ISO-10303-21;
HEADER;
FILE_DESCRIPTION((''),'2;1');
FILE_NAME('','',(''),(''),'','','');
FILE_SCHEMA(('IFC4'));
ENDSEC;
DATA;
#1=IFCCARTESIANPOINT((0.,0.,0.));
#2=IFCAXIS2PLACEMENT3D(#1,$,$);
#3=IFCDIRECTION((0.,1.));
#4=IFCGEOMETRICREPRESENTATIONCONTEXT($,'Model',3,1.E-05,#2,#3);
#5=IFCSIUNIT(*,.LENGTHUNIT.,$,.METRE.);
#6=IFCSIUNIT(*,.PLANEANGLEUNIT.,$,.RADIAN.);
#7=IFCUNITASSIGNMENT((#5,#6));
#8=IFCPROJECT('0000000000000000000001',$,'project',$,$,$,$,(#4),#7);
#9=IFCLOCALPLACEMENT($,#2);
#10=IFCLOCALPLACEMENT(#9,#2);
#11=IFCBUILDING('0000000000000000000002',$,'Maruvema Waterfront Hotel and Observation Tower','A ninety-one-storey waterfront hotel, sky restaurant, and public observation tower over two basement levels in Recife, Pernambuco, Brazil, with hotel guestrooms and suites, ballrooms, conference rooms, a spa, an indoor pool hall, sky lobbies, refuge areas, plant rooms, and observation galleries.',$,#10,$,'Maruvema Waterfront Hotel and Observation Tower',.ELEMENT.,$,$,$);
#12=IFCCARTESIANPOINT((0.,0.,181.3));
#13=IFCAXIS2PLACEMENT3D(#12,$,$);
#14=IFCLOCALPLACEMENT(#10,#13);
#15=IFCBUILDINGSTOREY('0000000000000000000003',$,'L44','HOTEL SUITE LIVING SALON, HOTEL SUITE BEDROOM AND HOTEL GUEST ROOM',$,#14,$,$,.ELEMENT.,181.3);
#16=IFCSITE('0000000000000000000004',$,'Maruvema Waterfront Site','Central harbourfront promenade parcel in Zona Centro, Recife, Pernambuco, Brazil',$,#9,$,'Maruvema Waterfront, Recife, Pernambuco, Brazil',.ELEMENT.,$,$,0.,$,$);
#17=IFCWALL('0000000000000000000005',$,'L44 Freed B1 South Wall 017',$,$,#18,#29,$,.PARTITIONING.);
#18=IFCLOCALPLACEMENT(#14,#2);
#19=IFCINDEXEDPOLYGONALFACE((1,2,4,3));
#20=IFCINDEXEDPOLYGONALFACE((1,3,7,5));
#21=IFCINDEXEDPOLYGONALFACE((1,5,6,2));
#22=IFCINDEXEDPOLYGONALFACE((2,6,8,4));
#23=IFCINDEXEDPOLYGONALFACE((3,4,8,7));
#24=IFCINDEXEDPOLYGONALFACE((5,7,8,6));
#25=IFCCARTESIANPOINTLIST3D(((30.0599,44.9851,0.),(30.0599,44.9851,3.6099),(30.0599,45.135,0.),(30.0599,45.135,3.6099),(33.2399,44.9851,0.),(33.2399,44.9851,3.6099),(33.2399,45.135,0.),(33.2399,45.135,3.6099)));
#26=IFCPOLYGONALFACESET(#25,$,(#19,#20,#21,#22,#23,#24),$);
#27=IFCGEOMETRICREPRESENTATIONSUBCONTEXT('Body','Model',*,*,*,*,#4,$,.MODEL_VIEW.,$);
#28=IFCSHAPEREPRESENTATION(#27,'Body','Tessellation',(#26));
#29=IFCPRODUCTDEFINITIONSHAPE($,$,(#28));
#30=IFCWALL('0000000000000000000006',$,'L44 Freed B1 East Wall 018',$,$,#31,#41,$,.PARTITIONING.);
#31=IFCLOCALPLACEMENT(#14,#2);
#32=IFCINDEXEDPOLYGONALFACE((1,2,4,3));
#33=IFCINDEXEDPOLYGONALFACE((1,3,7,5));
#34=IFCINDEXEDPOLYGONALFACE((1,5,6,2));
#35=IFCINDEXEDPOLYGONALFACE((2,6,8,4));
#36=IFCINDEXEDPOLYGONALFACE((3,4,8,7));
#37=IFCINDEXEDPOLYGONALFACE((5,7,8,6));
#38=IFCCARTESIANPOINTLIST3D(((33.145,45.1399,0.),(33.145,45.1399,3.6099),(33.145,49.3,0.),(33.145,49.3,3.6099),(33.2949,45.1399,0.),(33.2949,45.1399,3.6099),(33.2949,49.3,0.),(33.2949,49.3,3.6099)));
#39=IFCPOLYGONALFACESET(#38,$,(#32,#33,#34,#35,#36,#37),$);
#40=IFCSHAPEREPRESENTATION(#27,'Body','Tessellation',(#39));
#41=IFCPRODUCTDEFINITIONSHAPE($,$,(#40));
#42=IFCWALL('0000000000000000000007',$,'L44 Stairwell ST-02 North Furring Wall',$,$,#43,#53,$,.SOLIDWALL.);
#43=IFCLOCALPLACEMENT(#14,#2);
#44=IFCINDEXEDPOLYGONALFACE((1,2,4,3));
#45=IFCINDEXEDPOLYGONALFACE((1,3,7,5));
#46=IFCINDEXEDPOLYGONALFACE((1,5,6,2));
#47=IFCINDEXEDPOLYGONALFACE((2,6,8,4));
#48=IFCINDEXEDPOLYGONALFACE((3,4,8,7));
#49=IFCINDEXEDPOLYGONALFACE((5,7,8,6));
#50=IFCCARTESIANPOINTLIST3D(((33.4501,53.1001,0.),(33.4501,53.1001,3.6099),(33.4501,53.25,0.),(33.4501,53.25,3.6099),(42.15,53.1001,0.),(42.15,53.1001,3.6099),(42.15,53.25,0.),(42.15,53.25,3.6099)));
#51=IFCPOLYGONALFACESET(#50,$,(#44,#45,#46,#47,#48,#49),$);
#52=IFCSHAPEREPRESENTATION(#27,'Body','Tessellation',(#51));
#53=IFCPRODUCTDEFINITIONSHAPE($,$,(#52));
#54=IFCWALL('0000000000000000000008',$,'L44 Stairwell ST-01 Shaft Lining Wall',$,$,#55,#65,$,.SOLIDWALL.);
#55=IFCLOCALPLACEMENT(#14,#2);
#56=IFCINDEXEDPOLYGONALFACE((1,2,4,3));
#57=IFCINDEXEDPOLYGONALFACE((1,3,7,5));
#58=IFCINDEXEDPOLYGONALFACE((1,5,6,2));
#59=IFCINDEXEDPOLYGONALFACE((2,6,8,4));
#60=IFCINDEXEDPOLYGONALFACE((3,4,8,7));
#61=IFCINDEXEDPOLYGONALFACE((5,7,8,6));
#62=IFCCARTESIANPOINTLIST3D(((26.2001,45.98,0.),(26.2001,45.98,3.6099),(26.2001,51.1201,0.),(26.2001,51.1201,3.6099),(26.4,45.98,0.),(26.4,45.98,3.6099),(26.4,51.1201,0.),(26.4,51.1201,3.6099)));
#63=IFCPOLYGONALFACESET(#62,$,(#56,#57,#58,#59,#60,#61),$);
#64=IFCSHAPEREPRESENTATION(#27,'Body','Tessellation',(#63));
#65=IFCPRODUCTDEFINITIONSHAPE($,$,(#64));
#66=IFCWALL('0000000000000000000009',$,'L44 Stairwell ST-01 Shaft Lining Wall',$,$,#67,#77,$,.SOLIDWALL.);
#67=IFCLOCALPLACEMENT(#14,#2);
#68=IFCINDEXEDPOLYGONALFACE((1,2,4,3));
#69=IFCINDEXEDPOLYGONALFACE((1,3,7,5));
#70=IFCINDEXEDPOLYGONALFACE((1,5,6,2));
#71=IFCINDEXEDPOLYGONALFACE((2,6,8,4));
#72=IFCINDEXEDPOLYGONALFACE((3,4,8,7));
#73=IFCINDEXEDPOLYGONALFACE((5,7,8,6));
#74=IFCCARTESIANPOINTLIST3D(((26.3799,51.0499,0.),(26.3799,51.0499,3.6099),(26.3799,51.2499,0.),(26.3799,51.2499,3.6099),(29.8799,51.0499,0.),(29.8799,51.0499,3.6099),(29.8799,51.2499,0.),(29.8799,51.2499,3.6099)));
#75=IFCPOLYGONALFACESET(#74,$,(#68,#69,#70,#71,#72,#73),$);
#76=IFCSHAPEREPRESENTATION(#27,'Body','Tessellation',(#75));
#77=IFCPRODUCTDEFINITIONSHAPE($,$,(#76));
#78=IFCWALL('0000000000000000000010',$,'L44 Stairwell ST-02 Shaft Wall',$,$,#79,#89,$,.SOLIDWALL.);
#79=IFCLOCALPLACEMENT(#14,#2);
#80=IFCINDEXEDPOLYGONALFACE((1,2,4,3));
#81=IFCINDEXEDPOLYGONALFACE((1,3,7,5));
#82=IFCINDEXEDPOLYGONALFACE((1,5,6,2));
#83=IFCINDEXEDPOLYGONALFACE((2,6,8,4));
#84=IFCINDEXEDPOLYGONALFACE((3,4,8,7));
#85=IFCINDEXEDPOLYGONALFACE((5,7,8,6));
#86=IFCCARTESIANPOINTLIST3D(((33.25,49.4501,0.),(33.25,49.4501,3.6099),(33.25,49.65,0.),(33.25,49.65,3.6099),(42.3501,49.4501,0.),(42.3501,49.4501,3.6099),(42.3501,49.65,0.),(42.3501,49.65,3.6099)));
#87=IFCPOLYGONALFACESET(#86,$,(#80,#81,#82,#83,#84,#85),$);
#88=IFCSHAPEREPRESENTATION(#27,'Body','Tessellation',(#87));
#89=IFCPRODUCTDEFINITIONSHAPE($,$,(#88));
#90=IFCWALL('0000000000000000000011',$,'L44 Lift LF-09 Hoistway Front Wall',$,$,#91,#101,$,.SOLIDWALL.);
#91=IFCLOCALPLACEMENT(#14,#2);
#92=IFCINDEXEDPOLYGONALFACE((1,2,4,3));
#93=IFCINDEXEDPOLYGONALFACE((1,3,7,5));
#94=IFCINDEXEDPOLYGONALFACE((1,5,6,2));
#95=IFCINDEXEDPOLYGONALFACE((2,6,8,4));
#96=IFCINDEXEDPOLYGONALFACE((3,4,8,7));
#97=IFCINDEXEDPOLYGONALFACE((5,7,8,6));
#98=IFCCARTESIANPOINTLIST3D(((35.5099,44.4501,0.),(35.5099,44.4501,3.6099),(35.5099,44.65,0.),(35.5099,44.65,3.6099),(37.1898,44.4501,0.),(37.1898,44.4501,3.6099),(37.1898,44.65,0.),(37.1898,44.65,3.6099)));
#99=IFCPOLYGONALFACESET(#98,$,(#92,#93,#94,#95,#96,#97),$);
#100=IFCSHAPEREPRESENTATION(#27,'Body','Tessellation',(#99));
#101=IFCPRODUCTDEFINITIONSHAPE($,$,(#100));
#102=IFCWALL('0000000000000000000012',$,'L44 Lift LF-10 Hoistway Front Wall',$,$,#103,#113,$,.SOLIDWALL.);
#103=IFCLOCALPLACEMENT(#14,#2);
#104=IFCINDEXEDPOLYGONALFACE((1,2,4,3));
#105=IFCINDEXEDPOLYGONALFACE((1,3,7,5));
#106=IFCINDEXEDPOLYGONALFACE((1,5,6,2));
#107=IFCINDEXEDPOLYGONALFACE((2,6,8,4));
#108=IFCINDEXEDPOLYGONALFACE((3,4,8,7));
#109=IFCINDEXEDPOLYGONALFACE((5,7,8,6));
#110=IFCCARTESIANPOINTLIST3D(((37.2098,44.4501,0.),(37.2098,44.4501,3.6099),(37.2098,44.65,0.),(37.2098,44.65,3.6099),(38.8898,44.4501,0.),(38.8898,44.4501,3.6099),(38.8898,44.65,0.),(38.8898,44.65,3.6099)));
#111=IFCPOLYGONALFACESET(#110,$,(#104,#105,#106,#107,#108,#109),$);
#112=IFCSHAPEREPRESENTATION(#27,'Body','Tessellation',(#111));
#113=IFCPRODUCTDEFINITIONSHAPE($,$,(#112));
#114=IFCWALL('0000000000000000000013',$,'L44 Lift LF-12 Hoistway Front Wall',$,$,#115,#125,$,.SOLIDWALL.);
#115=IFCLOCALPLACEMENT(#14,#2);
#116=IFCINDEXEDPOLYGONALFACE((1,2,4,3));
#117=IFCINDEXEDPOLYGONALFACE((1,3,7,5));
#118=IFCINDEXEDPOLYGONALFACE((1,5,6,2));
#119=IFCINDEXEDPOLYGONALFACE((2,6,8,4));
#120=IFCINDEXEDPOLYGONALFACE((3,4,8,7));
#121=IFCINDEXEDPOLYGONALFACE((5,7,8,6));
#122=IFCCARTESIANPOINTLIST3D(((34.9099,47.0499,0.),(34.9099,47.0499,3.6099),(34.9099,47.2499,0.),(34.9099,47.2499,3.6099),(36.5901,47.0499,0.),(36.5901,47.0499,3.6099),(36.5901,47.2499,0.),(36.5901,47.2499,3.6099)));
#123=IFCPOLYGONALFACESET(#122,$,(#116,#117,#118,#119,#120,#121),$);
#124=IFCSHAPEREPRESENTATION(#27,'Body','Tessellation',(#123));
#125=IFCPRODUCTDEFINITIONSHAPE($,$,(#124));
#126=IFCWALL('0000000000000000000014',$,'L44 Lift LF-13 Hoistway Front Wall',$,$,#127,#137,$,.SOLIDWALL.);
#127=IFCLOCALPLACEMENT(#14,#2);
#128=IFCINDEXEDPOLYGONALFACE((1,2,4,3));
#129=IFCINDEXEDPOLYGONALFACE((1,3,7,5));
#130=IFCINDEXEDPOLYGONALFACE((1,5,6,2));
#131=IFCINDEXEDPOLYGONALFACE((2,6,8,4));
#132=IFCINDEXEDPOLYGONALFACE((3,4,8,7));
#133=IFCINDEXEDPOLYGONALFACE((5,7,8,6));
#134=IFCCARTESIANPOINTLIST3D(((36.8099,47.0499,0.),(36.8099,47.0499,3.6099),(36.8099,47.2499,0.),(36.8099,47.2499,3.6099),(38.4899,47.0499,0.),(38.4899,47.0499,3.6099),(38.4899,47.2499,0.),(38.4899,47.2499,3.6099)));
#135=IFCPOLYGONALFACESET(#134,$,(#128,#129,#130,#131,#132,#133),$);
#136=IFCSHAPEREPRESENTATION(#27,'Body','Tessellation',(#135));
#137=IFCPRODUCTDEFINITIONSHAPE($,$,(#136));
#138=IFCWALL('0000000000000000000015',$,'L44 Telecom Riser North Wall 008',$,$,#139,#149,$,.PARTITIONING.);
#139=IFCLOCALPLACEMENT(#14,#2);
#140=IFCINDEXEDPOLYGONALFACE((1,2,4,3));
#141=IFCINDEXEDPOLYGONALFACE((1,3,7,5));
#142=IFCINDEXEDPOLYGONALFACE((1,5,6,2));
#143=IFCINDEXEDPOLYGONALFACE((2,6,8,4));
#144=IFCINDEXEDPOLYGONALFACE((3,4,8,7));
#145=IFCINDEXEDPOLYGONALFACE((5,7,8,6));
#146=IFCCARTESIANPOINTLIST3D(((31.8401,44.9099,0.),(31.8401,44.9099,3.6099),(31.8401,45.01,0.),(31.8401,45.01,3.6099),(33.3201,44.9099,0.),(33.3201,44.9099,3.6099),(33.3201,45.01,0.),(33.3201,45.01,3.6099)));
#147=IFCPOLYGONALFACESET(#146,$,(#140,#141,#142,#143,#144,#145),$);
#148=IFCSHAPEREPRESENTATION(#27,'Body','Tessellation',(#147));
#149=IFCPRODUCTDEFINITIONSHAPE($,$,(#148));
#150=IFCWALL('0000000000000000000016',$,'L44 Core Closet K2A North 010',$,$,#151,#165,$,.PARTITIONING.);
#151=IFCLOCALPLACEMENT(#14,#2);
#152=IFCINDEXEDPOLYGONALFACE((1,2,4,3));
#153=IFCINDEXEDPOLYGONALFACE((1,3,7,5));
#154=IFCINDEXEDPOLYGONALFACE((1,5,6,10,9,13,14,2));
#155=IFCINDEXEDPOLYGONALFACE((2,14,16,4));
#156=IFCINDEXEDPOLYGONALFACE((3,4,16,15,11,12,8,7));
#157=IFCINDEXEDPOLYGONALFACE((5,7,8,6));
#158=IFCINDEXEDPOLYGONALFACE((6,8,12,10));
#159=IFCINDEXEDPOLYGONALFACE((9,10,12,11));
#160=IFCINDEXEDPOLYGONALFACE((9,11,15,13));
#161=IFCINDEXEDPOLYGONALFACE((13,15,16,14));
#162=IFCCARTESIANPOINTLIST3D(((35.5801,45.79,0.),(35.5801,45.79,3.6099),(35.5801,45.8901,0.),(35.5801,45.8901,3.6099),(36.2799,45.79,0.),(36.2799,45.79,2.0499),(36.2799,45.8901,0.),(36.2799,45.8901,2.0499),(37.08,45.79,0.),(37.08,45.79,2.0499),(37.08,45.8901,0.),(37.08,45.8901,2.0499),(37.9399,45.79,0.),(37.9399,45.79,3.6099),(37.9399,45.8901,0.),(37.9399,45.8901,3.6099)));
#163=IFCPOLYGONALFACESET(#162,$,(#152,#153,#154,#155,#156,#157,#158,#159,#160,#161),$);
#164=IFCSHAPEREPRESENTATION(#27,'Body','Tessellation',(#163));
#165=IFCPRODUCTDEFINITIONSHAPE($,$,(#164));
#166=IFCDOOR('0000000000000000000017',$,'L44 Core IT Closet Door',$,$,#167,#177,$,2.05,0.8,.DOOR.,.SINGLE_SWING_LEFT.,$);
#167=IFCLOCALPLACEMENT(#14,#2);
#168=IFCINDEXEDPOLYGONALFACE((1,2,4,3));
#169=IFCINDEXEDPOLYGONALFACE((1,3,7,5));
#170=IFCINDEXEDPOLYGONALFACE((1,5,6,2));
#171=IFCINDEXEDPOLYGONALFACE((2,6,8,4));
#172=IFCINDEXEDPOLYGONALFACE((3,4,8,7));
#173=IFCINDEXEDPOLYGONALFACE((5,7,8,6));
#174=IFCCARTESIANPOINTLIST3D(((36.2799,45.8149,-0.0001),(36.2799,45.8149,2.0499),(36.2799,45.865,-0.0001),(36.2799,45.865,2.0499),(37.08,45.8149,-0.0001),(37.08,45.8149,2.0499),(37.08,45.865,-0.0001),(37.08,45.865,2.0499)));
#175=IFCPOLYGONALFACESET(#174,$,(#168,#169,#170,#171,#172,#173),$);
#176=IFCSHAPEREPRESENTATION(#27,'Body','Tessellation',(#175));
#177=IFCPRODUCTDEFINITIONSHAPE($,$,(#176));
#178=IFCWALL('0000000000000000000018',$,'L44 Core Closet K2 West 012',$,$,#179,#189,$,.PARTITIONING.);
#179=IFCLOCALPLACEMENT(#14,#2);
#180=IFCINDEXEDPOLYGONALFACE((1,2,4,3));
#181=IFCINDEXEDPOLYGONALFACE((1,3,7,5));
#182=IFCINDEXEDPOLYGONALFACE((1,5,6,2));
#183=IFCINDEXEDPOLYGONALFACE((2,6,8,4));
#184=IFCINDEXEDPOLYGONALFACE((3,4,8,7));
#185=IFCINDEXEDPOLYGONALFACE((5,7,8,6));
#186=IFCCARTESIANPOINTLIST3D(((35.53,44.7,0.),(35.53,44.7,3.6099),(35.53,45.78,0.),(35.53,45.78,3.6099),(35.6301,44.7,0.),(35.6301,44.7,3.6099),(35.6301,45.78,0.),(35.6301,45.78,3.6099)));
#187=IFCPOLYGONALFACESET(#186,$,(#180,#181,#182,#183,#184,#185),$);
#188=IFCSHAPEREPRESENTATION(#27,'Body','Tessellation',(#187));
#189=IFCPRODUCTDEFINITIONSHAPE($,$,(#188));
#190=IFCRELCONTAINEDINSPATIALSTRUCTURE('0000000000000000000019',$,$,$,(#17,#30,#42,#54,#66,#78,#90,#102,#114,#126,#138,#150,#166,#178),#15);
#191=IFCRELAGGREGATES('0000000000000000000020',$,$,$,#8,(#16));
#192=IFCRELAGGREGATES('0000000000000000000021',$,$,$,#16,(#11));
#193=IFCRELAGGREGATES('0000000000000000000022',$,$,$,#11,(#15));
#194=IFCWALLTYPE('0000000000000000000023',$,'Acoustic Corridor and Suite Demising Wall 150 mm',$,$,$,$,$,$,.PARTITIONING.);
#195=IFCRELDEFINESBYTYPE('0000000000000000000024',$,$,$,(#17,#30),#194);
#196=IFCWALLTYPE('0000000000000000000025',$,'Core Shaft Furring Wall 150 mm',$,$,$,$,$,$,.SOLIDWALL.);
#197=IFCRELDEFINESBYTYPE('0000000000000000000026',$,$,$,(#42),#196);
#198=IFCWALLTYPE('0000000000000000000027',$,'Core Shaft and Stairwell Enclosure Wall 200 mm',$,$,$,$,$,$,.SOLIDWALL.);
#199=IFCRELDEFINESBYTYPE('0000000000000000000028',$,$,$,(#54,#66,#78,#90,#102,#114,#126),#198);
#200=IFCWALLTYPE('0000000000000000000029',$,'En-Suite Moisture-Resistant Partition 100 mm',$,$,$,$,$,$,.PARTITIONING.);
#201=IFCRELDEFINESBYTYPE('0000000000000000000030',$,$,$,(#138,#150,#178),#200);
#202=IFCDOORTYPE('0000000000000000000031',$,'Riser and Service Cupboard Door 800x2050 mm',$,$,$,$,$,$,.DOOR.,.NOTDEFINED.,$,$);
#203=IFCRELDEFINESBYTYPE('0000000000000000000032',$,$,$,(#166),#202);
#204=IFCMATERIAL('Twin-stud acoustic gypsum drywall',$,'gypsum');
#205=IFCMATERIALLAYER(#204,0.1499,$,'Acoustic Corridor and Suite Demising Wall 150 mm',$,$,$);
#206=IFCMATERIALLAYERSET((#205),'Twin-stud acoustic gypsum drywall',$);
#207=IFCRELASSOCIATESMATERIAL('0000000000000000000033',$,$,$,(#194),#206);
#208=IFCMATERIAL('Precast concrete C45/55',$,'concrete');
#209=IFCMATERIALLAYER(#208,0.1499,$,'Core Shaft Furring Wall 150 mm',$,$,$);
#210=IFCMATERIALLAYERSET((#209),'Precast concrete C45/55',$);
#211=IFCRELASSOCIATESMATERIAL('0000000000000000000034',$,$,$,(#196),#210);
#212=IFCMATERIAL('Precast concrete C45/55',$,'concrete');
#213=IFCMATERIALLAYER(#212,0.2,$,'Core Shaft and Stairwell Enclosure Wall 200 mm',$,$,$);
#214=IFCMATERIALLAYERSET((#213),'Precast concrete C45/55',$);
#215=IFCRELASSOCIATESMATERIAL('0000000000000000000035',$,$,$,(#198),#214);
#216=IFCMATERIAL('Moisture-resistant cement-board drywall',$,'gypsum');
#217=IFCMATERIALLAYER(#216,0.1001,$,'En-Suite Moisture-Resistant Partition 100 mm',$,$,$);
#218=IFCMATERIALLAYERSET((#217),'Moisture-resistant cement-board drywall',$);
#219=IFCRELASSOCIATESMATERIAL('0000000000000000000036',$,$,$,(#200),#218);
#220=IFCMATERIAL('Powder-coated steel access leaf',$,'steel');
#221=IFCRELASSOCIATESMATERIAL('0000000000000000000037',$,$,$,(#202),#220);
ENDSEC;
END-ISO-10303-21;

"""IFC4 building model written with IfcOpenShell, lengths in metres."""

from ifc_helpers import new_model, si_unit, direction, frame, frame_2d, origin, place, context, subcontext, project, spatial, rectangle, extrude, material, layer, layer_set, type_object, element, fill, save


model = new_model("IFC4")

# Units and contexts
model_context = context("Model", 3, precision=1e-05, world=origin(), true_north=direction((0.0, 1.0)))
body_context = subcontext(model_context, "Body", "Model", "MODEL_VIEW")
ifc_project = project(units=[si_unit("LENGTHUNIT", "METRE"), si_unit("PLANEANGLEUNIT", "RADIAN")], contexts=[model_context])

# Site, building, storey
site_placement = place(None, origin())
site = spatial("IfcSite", under=ifc_project, at=site_placement, Name="Maruvema Waterfront Site", Description="Central harbourfront promenade parcel in Zona Centro, Recife, Pernambuco, Brazil", LongName="Maruvema Waterfront, Recife, Pernambuco, Brazil", CompositionType="ELEMENT", RefElevation=0.0)
building_placement = place(site_placement, origin())
building = spatial("IfcBuilding", under=site, at=building_placement, Name="Maruvema Waterfront Hotel and Observation Tower", Description="A ninety-one-storey waterfront hotel, sky restaurant, and public observation tower over two basement levels in Recife, Pernambuco, Brazil, with hotel guestrooms and suites, ballrooms, conference rooms, a spa, an indoor pool hall, sky lobbies, refuge areas, plant rooms, and observation galleries.", LongName="Maruvema Waterfront Hotel and Observation Tower", CompositionType="ELEMENT")
storey_placement = place(building_placement, frame((0.0, 0.0, 181.3)))
storey = spatial("IfcBuildingStorey", under=building, at=storey_placement, Name="L44", Description="HOTEL SUITE LIVING SALON, HOTEL SUITE BEDROOM AND HOTEL GUEST ROOM", CompositionType="ELEMENT", Elevation=181.3)

# Walls
ifc_material_1 = material(Name="Twin-stud acoustic gypsum drywall", Category="gypsum")
ifc_layer_1 = layer(ifc_material_1, 0.1499, Name="Acoustic Corridor and Suite Demising Wall 150 mm")
ifc_layer_set_1 = layer_set([ifc_layer_1], Name="Twin-stud acoustic gypsum drywall")
wall_type_1 = type_object("IfcWallType", Name="Acoustic Corridor and Suite Demising Wall 150 mm", PredefinedType="PARTITIONING", material=ifc_layer_set_1)
wall_1_placement = place(storey_placement, frame((30.0601, 45.0601, 0.0), z_axis=(0.0, 0.0, 1.0), x_axis=(1.0, 0.0, 0.0)))
element("IfcWall", 1, at=wall_1_placement, inside=storey, type_object=wall_type_1, Name="L44 Freed B1 South Wall 017", PredefinedType="PARTITIONING", context=body_context, shape_type="SweptSolid", body=[
    extrude(rectangle(XDim=3.1799, YDim=0.1499, at=frame_2d((1.5898, 0.0))), origin(), (0.0, 0.0, 1.0), 3.6099),
])
wall_2_placement = place(storey_placement, frame((33.22, 45.1399, 0.0), z_axis=(0.0, 0.0, 1.0), x_axis=(0.0, 1.0, 0.0)))
element("IfcWall", 2, at=wall_2_placement, inside=storey, type_object=wall_type_1, Name="L44 Freed B1 East Wall 018", PredefinedType="PARTITIONING", context=body_context, shape_type="SweptSolid", body=[
    extrude(rectangle(XDim=4.1602, YDim=0.1499, at=frame_2d((2.0801, 0.0))), origin(), (0.0, 0.0, 1.0), 3.6099),
])
ifc_material_2 = material(Name="Precast concrete C45/55", Category="concrete")
ifc_layer_2 = layer(ifc_material_2, 0.1499, Name="Core Shaft Furring Wall 150 mm")
ifc_layer_set_2 = layer_set([ifc_layer_2], Name="Precast concrete C45/55")
wall_type_2 = type_object("IfcWallType", Name="Core Shaft Furring Wall 150 mm", PredefinedType="SOLIDWALL", material=ifc_layer_set_2)
wall_3_placement = place(storey_placement, frame((33.45, 53.175, 0.0), z_axis=(0.0, 0.0, 1.0), x_axis=(1.0, 0.0, 0.0)))
element("IfcWall", 3, at=wall_3_placement, inside=storey, type_object=wall_type_2, Name="L44 Stairwell ST-02 North Furring Wall", PredefinedType="SOLIDWALL", context=body_context, shape_type="SweptSolid", body=[
    extrude(rectangle(XDim=8.7, YDim=0.1499, at=frame_2d((4.3501, 0.0))), origin(), (0.0, 0.0, 1.0), 3.6099),
])
ifc_material_3 = material(Name="Precast concrete C45/55", Category="concrete")
ifc_layer_3 = layer(ifc_material_3, 0.2, Name="Core Shaft and Stairwell Enclosure Wall 200 mm")
ifc_layer_set_3 = layer_set([ifc_layer_3], Name="Precast concrete C45/55")
wall_type_3 = type_object("IfcWallType", Name="Core Shaft and Stairwell Enclosure Wall 200 mm", PredefinedType="SOLIDWALL", material=ifc_layer_set_3)
wall_4_placement = place(storey_placement, frame((26.3, 45.98, 0.0), z_axis=(0.0, 0.0, 1.0), x_axis=(0.0, 1.0, 0.0)))
element("IfcWall", 4, at=wall_4_placement, inside=storey, type_object=wall_type_3, Name="L44 Stairwell ST-01 Shaft Lining Wall", PredefinedType="SOLIDWALL", context=body_context, shape_type="SweptSolid", body=[
    extrude(rectangle(XDim=5.1401, YDim=0.2, at=frame_2d((2.5701, 0.0))), origin(), (0.0, 0.0, 1.0), 3.6099),
])
wall_5_placement = place(storey_placement, frame((26.3799, 51.1499, 0.0), z_axis=(0.0, 0.0, 1.0), x_axis=(1.0, 0.0, 0.0)))
element("IfcWall", 5, at=wall_5_placement, inside=storey, type_object=wall_type_3, Name="L44 Stairwell ST-01 Shaft Lining Wall", PredefinedType="SOLIDWALL", context=body_context, shape_type="SweptSolid", body=[
    extrude(rectangle(XDim=3.5, YDim=0.2, at=frame_2d((1.75, 0.0))), origin(), (0.0, 0.0, 1.0), 3.6099),
])
wall_6_placement = place(storey_placement, frame((33.25, 49.55, 0.0), z_axis=(0.0, 0.0, 1.0), x_axis=(1.0, 0.0, 0.0)))
element("IfcWall", 6, at=wall_6_placement, inside=storey, type_object=wall_type_3, Name="L44 Stairwell ST-02 Shaft Wall", PredefinedType="SOLIDWALL", context=body_context, shape_type="SweptSolid", body=[
    extrude(rectangle(XDim=9.1001, YDim=0.2, at=frame_2d((4.55, 0.0))), origin(), (0.0, 0.0, 1.0), 3.6099),
])

# Walls
for number, where, z_axis, x_axis, name in (
    (7, (35.51, 44.55, 0.0), (0.0, 0.0, 1.0), (1.0, 0.0, 0.0), "L44 Lift LF-09 Hoistway Front Wall"),
    (8, (37.21, 44.55, 0.0), (0.0, 0.0, 1.0), (1.0, 0.0, 0.0), "L44 Lift LF-10 Hoistway Front Wall"),
):
    element("IfcWall", number, at=place(storey_placement, frame(where, z_axis=z_axis, x_axis=x_axis)), inside=storey, type_object=wall_type_3, Name=name, PredefinedType="SOLIDWALL", context=body_context, shape_type="SweptSolid", body=[
        extrude(rectangle(XDim=1.6799, YDim=0.2, at=frame_2d((0.8398, 0.0))), origin(), (0.0, 0.0, 1.0), 3.6099),
    ])
wall_7_placement = place(storey_placement, frame((34.9099, 47.1499, 0.0), z_axis=(0.0, 0.0, 1.0), x_axis=(1.0, 0.0, 0.0)))
element("IfcWall", 9, at=wall_7_placement, inside=storey, type_object=wall_type_3, Name="L44 Lift LF-12 Hoistway Front Wall", PredefinedType="SOLIDWALL", context=body_context, shape_type="SweptSolid", body=[
    extrude(rectangle(XDim=1.6802, YDim=0.2, at=frame_2d((0.8401, 0.0))), origin(), (0.0, 0.0, 1.0), 3.6099),
])
wall_8_placement = place(storey_placement, frame((36.8101, 47.1499, 0.0), z_axis=(0.0, 0.0, 1.0), x_axis=(1.0, 0.0, 0.0)))
element("IfcWall", 10, at=wall_8_placement, inside=storey, type_object=wall_type_3, Name="L44 Lift LF-13 Hoistway Front Wall", PredefinedType="SOLIDWALL", context=body_context, shape_type="SweptSolid", body=[
    extrude(rectangle(XDim=1.6799, YDim=0.2, at=frame_2d((0.8398, 0.0))), origin(), (0.0, 0.0, 1.0), 3.6099),
])
ifc_material_4 = material(Name="Moisture-resistant cement-board drywall", Category="gypsum")
ifc_layer_4 = layer(ifc_material_4, 0.1001, Name="En-Suite Moisture-Resistant Partition 100 mm")
ifc_layer_set_4 = layer_set([ifc_layer_4], Name="Moisture-resistant cement-board drywall")
wall_type_4 = type_object("IfcWallType", Name="En-Suite Moisture-Resistant Partition 100 mm", PredefinedType="PARTITIONING", material=ifc_layer_set_4)
wall_9_placement = place(storey_placement, frame((31.8401, 44.96, 0.0), z_axis=(0.0, 0.0, 1.0), x_axis=(1.0, 0.0, 0.0)))
element("IfcWall", 11, at=wall_9_placement, inside=storey, type_object=wall_type_4, Name="L44 Telecom Riser North Wall 008", PredefinedType="PARTITIONING", context=body_context, shape_type="SweptSolid", body=[
    extrude(rectangle(XDim=1.48, YDim=0.1001, at=frame_2d((0.74, 0.0))), origin(), (0.0, 0.0, 1.0), 3.6099),
])

# Wall, opening, door
wall_10_placement = place(storey_placement, frame((35.5801, 45.8401, 0.0), z_axis=(0.0, 0.0, 1.0), x_axis=(1.0, 0.0, 0.0)))
wall_10 = element("IfcWall", 12, at=wall_10_placement, inside=storey, type_object=wall_type_4, Name="L44 Core Closet K2A North 010", PredefinedType="PARTITIONING", context=body_context, shape_type="SweptSolid", body=[
    extrude(rectangle(XDim=2.3599, YDim=0.1001, at=frame_2d((1.1799, 0.0))), origin(), (0.0, 0.0, 1.0), 3.6099),
])
opening_1_placement = place(wall_10_placement, frame((0.7, 0.0, 0.0)))
opening_1 = element("IfcOpeningElement", 13, at=opening_1_placement, cuts=wall_10, PredefinedType="OPENING", context=body_context, shape_type="SweptSolid", body=[
    extrude(rectangle(XDim=0.8, YDim=2.05, at=frame_2d((0.3999, 1.0249))), frame((0.0, 0.0601, 0.0), z_axis=(0.0, -1.0, 0.0), x_axis=(1.0, 0.0, 0.0)), (0.0, 0.0, 1.0), 0.1201),
])
ifc_material_5 = material(Name="Powder-coated steel access leaf", Category="steel")
door_type_1 = type_object("IfcDoorType", Name="Riser and Service Cupboard Door 800x2050 mm", OperationType="NOTDEFINED", PredefinedType="DOOR", material=ifc_material_5)
door_1_placement = place(opening_1_placement, origin())
door_1 = element("IfcDoor", 14, at=door_1_placement, inside=storey, type_object=door_type_1, Name="L44 Core IT Closet Door", OperationType="SINGLE_SWING_LEFT", OverallHeight=2.05, OverallWidth=0.8, PredefinedType="DOOR", context=body_context, shape_type="SweptSolid", body=[
    extrude(rectangle(XDim=0.8, YDim=2.05, at=frame_2d((0.3999, 1.0249))), frame((0.0, 0.0249, 0.0), z_axis=(0.0, -1.0, 0.0), x_axis=(1.0, 0.0, 0.0)), (0.0, 0.0, 1.0), 0.05),
])
fill(opening_1, door_1)

# Wall
wall_11_placement = place(storey_placement, frame((35.5801, 44.7, 0.0), z_axis=(0.0, 0.0, 1.0), x_axis=(0.0, 1.0, 0.0)))
element("IfcWall", 15, at=wall_11_placement, inside=storey, type_object=wall_type_4, Name="L44 Core Closet K2 West 012", PredefinedType="PARTITIONING", context=body_context, shape_type="SweptSolid", body=[
    extrude(rectangle(XDim=1.0801, YDim=0.1001, at=frame_2d((0.54, 0.0))), origin(), (0.0, 0.0, 1.0), 3.6099),
])

save(model, "model.ifc")
